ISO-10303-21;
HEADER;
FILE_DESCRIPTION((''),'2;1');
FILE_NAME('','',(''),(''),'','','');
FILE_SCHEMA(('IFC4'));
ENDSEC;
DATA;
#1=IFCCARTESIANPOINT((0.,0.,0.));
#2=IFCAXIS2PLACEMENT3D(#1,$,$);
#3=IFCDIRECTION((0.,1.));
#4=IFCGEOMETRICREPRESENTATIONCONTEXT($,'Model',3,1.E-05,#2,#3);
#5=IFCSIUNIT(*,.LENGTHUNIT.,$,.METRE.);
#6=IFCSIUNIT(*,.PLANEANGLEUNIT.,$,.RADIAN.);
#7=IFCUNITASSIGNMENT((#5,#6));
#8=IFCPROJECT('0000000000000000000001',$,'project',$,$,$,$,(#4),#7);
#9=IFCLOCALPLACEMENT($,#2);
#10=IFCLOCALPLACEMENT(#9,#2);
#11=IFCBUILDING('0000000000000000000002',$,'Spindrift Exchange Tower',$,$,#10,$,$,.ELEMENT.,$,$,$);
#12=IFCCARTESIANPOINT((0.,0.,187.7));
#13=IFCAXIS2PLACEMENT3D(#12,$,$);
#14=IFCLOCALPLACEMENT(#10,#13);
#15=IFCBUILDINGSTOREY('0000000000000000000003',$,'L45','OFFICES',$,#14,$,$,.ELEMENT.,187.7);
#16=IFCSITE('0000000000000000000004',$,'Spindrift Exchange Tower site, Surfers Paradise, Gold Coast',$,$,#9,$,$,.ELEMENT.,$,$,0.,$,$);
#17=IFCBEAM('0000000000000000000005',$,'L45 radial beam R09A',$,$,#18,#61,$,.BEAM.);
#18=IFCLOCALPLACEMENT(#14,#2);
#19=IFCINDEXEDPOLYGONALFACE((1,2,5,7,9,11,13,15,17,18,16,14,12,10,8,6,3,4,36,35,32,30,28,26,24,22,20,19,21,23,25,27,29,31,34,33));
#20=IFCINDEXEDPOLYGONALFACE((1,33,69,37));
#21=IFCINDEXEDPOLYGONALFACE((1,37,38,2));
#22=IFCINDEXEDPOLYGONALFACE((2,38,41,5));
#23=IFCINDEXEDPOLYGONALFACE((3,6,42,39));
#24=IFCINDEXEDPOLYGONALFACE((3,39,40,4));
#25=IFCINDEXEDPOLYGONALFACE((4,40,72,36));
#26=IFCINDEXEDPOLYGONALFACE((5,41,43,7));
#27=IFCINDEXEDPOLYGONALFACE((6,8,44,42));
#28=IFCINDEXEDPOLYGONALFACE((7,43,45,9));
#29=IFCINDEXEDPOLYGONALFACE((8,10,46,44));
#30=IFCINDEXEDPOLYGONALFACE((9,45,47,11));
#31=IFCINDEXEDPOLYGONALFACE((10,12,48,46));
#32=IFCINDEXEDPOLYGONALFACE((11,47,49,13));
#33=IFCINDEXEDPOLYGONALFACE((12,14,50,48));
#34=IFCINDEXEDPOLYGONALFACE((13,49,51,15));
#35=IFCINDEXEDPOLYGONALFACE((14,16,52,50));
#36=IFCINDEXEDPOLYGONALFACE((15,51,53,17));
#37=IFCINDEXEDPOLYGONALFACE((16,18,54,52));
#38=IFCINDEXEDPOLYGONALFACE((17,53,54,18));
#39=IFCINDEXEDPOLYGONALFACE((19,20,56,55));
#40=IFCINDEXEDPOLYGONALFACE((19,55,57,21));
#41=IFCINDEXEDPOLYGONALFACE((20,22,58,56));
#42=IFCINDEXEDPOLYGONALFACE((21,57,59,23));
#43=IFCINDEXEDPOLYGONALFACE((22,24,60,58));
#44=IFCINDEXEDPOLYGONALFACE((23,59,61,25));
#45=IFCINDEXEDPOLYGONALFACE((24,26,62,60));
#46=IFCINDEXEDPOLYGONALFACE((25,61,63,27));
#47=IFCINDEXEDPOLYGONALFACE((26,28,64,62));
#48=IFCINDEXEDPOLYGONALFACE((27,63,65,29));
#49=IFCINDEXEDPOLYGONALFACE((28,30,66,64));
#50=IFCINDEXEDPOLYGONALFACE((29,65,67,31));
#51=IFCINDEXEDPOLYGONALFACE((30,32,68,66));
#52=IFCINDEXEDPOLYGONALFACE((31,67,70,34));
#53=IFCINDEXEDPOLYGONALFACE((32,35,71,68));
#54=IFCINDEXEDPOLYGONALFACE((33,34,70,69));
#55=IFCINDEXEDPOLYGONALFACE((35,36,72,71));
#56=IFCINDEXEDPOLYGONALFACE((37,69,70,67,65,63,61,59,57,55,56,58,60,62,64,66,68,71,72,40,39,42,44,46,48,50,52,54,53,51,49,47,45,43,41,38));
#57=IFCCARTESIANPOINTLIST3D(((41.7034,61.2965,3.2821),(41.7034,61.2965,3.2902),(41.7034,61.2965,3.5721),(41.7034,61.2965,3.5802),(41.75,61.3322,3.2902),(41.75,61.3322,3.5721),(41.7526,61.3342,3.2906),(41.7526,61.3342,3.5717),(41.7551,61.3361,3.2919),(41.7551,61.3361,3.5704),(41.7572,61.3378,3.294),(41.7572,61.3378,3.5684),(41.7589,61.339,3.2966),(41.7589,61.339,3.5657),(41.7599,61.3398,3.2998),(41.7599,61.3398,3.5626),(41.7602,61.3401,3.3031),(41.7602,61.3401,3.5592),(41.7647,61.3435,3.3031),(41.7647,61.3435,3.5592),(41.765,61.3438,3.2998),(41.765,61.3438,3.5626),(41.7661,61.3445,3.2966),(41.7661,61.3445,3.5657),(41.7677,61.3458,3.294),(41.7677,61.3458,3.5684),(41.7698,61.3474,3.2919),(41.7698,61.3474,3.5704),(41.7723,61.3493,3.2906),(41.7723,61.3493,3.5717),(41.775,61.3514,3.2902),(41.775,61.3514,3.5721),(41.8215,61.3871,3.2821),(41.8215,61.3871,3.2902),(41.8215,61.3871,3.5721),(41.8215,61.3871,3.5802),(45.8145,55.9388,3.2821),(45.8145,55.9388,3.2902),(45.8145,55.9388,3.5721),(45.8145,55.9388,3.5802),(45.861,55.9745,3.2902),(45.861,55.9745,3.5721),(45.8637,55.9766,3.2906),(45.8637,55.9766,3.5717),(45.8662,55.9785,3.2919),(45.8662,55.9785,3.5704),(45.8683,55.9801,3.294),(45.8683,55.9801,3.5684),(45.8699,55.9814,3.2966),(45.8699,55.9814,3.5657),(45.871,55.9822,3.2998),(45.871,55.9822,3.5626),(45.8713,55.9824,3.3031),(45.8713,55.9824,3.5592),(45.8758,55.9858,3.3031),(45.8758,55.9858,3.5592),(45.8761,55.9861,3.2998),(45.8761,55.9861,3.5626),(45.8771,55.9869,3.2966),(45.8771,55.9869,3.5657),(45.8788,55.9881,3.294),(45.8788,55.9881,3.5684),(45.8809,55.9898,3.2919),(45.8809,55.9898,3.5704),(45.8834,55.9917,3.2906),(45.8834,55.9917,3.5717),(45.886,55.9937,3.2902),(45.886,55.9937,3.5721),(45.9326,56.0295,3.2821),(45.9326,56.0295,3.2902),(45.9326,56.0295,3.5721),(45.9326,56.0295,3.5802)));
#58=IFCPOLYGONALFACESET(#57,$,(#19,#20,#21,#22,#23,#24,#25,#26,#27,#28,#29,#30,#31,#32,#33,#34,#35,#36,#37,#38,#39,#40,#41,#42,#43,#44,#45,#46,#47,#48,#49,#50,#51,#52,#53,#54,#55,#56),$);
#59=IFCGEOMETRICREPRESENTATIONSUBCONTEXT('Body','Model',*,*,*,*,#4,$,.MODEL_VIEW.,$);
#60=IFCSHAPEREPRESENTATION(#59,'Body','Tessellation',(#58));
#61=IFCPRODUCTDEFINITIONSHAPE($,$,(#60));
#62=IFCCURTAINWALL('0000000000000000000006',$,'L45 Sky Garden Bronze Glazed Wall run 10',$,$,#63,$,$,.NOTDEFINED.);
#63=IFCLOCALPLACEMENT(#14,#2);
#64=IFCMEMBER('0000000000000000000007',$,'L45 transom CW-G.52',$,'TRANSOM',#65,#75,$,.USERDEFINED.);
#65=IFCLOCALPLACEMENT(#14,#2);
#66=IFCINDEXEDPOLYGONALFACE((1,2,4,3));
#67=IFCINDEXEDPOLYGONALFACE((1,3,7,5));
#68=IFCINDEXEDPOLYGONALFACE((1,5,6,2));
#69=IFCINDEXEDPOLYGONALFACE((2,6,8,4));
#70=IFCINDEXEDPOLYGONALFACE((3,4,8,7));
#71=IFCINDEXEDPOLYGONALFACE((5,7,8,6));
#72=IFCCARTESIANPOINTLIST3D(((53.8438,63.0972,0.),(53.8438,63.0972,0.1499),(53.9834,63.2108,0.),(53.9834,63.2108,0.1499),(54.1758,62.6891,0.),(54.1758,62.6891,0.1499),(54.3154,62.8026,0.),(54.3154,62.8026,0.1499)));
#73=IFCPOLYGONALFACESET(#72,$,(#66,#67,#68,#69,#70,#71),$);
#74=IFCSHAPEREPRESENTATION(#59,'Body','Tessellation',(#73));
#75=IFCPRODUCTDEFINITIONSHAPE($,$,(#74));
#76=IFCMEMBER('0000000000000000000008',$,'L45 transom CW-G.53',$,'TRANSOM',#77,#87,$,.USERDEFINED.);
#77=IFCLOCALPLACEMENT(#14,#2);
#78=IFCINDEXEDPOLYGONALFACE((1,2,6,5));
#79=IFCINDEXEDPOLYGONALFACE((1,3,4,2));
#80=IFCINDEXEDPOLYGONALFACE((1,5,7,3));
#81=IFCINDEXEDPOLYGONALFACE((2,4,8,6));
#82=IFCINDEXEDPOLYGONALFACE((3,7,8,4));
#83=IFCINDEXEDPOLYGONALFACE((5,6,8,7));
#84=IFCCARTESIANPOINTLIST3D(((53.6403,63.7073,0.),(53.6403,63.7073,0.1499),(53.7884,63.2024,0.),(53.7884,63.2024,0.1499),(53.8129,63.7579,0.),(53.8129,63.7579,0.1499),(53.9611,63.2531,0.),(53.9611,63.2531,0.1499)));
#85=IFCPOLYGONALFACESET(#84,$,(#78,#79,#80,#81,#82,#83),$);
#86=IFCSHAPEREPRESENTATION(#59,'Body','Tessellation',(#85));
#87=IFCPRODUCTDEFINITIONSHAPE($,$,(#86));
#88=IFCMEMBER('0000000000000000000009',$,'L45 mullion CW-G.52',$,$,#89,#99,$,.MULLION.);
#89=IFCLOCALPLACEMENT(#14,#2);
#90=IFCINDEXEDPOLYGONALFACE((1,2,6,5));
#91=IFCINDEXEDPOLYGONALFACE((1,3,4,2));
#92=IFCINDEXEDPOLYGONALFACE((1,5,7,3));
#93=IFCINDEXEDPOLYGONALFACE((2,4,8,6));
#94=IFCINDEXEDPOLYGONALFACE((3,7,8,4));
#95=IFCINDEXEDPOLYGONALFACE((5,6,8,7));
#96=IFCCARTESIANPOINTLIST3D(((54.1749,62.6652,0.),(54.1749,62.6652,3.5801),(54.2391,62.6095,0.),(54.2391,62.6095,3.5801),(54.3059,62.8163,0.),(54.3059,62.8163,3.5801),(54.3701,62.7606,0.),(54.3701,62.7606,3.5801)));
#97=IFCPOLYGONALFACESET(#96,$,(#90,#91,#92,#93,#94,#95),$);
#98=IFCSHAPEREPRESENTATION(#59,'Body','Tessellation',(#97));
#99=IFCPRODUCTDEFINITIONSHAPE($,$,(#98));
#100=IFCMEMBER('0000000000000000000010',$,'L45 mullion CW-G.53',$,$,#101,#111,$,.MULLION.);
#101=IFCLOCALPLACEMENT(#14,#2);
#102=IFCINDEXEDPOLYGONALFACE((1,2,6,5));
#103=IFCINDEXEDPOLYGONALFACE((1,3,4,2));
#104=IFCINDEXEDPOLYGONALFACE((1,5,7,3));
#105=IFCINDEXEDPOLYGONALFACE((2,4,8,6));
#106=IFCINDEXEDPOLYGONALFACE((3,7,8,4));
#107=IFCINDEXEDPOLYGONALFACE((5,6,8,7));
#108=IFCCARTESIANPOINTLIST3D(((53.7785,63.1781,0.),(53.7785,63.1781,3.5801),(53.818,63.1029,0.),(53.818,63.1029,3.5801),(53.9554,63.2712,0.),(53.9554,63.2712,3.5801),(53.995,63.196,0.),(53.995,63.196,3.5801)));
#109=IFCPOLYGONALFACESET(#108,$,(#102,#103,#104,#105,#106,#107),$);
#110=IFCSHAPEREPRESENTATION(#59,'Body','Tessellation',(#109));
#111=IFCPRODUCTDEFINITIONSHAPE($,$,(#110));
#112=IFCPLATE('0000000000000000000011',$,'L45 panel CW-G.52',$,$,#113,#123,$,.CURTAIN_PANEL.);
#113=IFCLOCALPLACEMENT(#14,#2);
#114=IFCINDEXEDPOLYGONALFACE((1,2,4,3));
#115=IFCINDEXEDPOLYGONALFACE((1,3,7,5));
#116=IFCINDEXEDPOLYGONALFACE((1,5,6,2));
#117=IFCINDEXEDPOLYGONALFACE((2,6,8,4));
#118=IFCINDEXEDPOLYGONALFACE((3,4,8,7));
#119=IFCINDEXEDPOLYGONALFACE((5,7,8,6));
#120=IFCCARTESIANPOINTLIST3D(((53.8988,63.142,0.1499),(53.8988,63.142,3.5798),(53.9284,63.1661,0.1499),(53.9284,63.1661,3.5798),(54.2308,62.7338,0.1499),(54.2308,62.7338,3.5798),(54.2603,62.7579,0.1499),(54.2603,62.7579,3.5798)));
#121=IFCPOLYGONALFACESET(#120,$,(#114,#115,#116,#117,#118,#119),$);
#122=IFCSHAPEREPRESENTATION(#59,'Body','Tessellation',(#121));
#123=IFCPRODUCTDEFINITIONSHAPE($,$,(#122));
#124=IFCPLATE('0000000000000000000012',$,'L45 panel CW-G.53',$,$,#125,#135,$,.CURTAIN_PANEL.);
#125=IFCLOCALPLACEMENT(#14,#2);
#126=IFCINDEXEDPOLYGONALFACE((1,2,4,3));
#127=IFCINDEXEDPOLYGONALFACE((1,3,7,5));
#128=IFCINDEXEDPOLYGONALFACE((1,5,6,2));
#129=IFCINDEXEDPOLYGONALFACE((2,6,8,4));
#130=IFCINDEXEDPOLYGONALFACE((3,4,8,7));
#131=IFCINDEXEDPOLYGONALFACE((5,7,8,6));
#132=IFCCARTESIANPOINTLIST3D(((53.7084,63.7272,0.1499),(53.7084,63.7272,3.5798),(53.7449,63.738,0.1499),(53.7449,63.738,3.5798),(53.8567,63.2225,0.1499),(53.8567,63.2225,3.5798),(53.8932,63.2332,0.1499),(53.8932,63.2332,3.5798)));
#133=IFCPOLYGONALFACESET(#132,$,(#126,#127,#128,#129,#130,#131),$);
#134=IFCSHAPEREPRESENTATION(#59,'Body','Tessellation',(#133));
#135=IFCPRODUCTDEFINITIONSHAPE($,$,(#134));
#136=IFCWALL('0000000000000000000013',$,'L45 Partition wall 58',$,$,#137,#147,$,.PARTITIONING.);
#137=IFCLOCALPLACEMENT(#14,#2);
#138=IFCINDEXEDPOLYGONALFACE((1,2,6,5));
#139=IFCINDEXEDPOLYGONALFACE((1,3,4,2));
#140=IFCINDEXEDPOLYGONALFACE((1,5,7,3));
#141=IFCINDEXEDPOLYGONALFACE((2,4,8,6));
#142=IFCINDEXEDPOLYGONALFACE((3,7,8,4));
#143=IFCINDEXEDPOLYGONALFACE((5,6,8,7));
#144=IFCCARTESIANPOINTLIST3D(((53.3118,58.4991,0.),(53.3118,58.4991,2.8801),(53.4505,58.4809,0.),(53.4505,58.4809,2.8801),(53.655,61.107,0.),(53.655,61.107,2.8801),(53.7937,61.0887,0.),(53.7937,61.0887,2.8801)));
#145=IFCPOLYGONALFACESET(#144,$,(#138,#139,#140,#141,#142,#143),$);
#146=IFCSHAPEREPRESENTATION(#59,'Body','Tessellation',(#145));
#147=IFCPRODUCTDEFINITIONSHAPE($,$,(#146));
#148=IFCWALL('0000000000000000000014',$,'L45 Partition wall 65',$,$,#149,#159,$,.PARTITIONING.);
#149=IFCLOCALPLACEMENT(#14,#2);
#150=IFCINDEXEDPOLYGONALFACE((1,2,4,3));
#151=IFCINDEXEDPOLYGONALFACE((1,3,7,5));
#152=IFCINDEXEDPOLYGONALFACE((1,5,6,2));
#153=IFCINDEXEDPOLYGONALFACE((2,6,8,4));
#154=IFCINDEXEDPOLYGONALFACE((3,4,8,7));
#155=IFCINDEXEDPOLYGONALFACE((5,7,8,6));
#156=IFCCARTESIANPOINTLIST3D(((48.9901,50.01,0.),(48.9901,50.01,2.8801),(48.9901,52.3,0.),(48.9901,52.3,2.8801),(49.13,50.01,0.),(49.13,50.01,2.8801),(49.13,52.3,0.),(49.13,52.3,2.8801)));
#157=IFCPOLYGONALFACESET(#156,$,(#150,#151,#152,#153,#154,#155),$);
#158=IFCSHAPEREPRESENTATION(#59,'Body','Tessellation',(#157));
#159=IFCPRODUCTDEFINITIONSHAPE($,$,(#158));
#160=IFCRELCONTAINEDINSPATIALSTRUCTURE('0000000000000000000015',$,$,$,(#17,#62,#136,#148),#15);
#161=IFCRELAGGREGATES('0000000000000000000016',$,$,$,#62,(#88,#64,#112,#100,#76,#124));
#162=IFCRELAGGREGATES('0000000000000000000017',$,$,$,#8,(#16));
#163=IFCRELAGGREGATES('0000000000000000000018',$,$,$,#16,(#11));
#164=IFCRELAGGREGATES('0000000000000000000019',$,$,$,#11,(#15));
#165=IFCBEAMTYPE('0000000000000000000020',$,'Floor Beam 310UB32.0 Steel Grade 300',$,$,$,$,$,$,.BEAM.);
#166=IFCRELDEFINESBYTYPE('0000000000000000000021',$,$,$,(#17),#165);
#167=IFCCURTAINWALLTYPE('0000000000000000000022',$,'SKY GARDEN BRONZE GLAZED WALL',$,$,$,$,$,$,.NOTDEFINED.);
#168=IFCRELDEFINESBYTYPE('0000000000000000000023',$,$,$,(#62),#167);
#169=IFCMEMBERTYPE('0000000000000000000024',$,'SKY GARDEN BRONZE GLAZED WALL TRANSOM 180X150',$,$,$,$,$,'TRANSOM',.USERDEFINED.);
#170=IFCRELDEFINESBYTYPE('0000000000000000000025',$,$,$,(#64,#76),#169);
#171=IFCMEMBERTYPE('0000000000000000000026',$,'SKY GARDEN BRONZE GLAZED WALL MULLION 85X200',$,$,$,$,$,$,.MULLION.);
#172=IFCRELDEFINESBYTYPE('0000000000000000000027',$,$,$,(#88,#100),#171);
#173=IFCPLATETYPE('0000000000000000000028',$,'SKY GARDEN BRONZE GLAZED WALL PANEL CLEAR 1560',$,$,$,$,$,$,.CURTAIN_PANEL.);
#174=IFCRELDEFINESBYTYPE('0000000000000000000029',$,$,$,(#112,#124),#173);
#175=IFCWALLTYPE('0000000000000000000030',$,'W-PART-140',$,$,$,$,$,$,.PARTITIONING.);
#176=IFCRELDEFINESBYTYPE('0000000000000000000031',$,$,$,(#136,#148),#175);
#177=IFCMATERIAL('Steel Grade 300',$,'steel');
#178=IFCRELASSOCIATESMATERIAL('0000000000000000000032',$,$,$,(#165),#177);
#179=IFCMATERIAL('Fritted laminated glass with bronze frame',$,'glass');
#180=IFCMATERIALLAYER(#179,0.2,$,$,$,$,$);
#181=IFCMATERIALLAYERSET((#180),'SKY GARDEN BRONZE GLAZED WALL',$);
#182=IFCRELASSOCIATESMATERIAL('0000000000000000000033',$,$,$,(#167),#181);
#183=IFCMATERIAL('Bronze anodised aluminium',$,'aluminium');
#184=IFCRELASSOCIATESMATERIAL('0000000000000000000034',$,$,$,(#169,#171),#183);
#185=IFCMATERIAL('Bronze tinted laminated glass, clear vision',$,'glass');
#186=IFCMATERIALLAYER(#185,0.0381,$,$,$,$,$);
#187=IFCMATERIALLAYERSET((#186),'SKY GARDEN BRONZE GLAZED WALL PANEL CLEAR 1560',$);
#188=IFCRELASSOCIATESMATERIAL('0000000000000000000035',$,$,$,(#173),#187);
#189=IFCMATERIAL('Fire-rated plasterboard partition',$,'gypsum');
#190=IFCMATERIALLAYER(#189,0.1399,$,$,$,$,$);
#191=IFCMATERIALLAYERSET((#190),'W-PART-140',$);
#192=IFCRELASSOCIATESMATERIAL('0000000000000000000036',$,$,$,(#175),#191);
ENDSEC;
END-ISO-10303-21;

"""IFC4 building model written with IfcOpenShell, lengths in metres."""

from ifc_helpers import new_model, si_unit, direction, frame, frame_2d, origin, origin_2d, place, context, subcontext, project, spatial, rectangle, i_section, extrude, source, transform, mapped, material, layer, layer_set, material_profile, profile_set, type_object, element, aggregate, save


model = new_model("IFC4")

# Units and contexts
model_context = context("Model", 3, precision=1e-05, world=origin(), true_north=direction((0.0, 1.0)))
body_context = subcontext(model_context, "Body", "Model", "MODEL_VIEW")
ifc_project = project(units=[si_unit("LENGTHUNIT", "METRE"), si_unit("PLANEANGLEUNIT", "RADIAN")], contexts=[model_context])

# Site, building, storey
site_placement = place(None, origin())
site = spatial("IfcSite", under=ifc_project, at=site_placement, Name="Spindrift Exchange Tower site, Surfers Paradise, Gold Coast", CompositionType="ELEMENT", RefElevation=0.0)
building_placement = place(site_placement, origin())
building = spatial("IfcBuilding", under=site, at=building_placement, Name="Spindrift Exchange Tower", CompositionType="ELEMENT")
storey_placement = place(building_placement, frame((0.0, 0.0, 187.7)))
storey = spatial("IfcBuildingStorey", under=building, at=storey_placement, Name="L45", Description="OFFICES", CompositionType="ELEMENT", Elevation=187.7)

# Beam
ifc_material_1 = material(Name="Steel Grade 300", Category="steel")
ifc_material_profile_1 = material_profile(ifc_material_1, i_section(OverallWidth=0.1489, OverallDepth=0.2981, WebThickness=0.0056, FlangeThickness=0.0081, FilletRadius=0.0129, at=origin_2d()), Name="310UB32.0")
ifc_profile_set_1 = profile_set([ifc_material_profile_1], Name="Steel Grade 300")
beam_type_1 = type_object("IfcBeamType", Name="Floor Beam 310UB32.0 Steel Grade 300", PredefinedType="BEAM", material=ifc_profile_set_1)
shared_shape_1 = source(origin(), body_context, "Body", "SweptSolid", [
    extrude(i_section(OverallWidth=0.1489, OverallDepth=0.2981, WebThickness=0.0056, FlangeThickness=0.0081, FilletRadius=0.0129, at=origin_2d()), origin(), (0.0, 0.0, 1.0), 6.7532),
])
beam_1_placement = place(storey_placement, frame((45.8735, 55.9841, 3.4312), z_axis=(-0.608762, 0.793353, 0.0), x_axis=(-0.793353, -0.608762, 0.0)))
element("IfcBeam", 1, at=beam_1_placement, inside=storey, type_object=beam_type_1, Name="L45 radial beam R09A", PredefinedType="BEAM", context=body_context, shape_type="MappedRepresentation", body=[
    mapped(shared_shape_1, transform((0.0, 0.0, 0.0), scale=1.0)),
])

# Curtain wall, members, plates
ifc_material_2 = material(Name="Fritted laminated glass with bronze frame", Category="glass")
ifc_layer_1 = layer(ifc_material_2, 0.2)
ifc_layer_set_1 = layer_set([ifc_layer_1], Name="SKY GARDEN BRONZE GLAZED WALL")
curtain_wall_type = type_object("IfcCurtainWallType", Name="SKY GARDEN BRONZE GLAZED WALL", PredefinedType="NOTDEFINED", material=ifc_layer_set_1)
curtain_wall_placement = place(storey_placement, origin())
curtain_wall = element("IfcCurtainWall", 2, at=curtain_wall_placement, inside=storey, type_object=curtain_wall_type, Name="L45 Sky Garden Bronze Glazed Wall run 10", PredefinedType="NOTDEFINED")
ifc_material_3 = material(Name="Bronze anodised aluminium", Category="aluminium")
ifc_material_profile_2 = material_profile(ifc_material_3, rectangle(XDim=0.1799, YDim=0.1499, at=origin_2d()), Name="SKY GARDEN BRONZE GLAZED WALL TRANSOM 180X150")
ifc_profile_set_2 = profile_set([ifc_material_profile_2], Name="Bronze anodised aluminium")
member_type_1 = type_object("IfcMemberType", Name="SKY GARDEN BRONZE GLAZED WALL TRANSOM 180X150", ElementType="TRANSOM", PredefinedType="USERDEFINED", material=ifc_profile_set_2)
shared_shape_2 = source(origin(), body_context, "Body", "SweptSolid", [
    extrude(rectangle(XDim=0.1799, YDim=0.1499, at=origin_2d()), origin(), (0.0, 0.0, 1.0), 0.5261),
])
member_1_placement = place(storey_placement, frame((54.2456, 62.7458, 0.075), z_axis=(-0.631012, 0.775773, 0.0), x_axis=(-0.775773, -0.631012, 0.0)))
member_1 = element("IfcMember", 3, at=member_1_placement, type_object=member_type_1, Name="L45 transom CW-G.52", ObjectType="TRANSOM", PredefinedType="USERDEFINED", context=body_context, shape_type="MappedRepresentation", body=[
    mapped(shared_shape_2, transform((0.0, 0.0, 0.0), scale=1.0)),
])
member_2_placement = place(storey_placement, frame((53.8748, 63.2278, 0.075), z_axis=(-0.281639, 0.959521, 0.0), x_axis=(-0.959521, -0.281639, 0.0)))
member_2 = element("IfcMember", 4, at=member_2_placement, type_object=member_type_1, Name="L45 transom CW-G.53", ObjectType="TRANSOM", PredefinedType="USERDEFINED", context=body_context, shape_type="MappedRepresentation", body=[
    mapped(shared_shape_2, transform((0.0, 0.0, 0.0), scale=1.0)),
])
ifc_material_profile_3 = material_profile(ifc_material_3, rectangle(XDim=0.085, YDim=0.2, at=origin_2d()), Name="SKY GARDEN BRONZE GLAZED WALL MULLION 85X200")
ifc_profile_set_3 = profile_set([ifc_material_profile_3], Name="Bronze anodised aluminium")
member_type_2 = type_object("IfcMemberType", Name="SKY GARDEN BRONZE GLAZED WALL MULLION 85X200", PredefinedType="MULLION", material=ifc_profile_set_3)
shared_shape_3 = source(origin(), body_context, "Body", "SweptSolid", [
    extrude(rectangle(XDim=0.085, YDim=0.2, at=origin_2d()), origin(), (0.0, 0.0, 1.0), 3.5801),
])
member_3_placement = place(storey_placement, frame((54.2725, 62.7129, 0.0), z_axis=(0.0, 0.0, 1.0), x_axis=(-0.755535, 0.655108, 0.0)))
member_3 = element("IfcMember", 5, at=member_3_placement, type_object=member_type_2, Name="L45 mullion CW-G.52", PredefinedType="MULLION", context=body_context, shape_type="MappedRepresentation", body=[
    mapped(shared_shape_3, transform((0.0, 0.0, 0.0), scale=1.0)),
])
member_4_placement = place(storey_placement, frame((53.8867, 63.187, 0.0), z_axis=(0.0, 0.0, 1.0), x_axis=(-0.465543, 0.885025, 0.0)))
member_4 = element("IfcMember", 6, at=member_4_placement, type_object=member_type_2, Name="L45 mullion CW-G.53", PredefinedType="MULLION", context=body_context, shape_type="MappedRepresentation", body=[
    mapped(shared_shape_3, transform((0.0, 0.0, 0.0), scale=1.0)),
])
ifc_material_4 = material(Name="Bronze tinted laminated glass, clear vision", Category="glass")
ifc_layer_2 = layer(ifc_material_4, 0.0381)
ifc_layer_set_2 = layer_set([ifc_layer_2], Name="SKY GARDEN BRONZE GLAZED WALL PANEL CLEAR 1560")
plate_type = type_object("IfcPlateType", Name="SKY GARDEN BRONZE GLAZED WALL PANEL CLEAR 1560", PredefinedType="CURTAIN_PANEL", material=ifc_layer_set_2)
shared_shape_4 = source(origin(), body_context, "Body", "SweptSolid", [
    extrude(rectangle(XDim=0.5261, YDim=0.0381, at=origin_2d()), origin(), (0.0, 0.0, 1.0), 3.4299),
])
plate_1_placement = place(storey_placement, frame((54.0796, 62.95, 0.1499), z_axis=(0.0, 0.0, 1.0), x_axis=(-0.630901, 0.775864, 0.0)))
plate_1 = element("IfcPlate", 7, at=plate_1_placement, type_object=plate_type, Name="L45 panel CW-G.52", PredefinedType="CURTAIN_PANEL", context=body_context, shape_type="MappedRepresentation", body=[
    mapped(shared_shape_4, transform((0.0, 0.0, 0.0), scale=1.0)),
])
plate_2_placement = place(storey_placement, frame((53.8008, 63.4802, 0.1499), z_axis=(0.0, 0.0, 1.0), x_axis=(-0.281909, 0.959441, 0.0)))
plate_2 = element("IfcPlate", 8, at=plate_2_placement, type_object=plate_type, Name="L45 panel CW-G.53", PredefinedType="CURTAIN_PANEL", context=body_context, shape_type="MappedRepresentation", body=[
    mapped(shared_shape_4, transform((0.0, 0.0, 0.0), scale=1.0)),
])
aggregate(curtain_wall, [member_3, member_1, plate_1, member_4, member_2, plate_2])

# Walls
ifc_material_5 = material(Name="Fire-rated plasterboard partition", Category="gypsum")
ifc_layer_3 = layer(ifc_material_5, 0.1399)
ifc_layer_set_3 = layer_set([ifc_layer_3], Name="W-PART-140")
wall_type_1 = type_object("IfcWallType", Name="W-PART-140", PredefinedType="PARTITIONING", material=ifc_layer_set_3)
wall_1_placement = place(storey_placement, frame((53.3811, 58.49, 0.0), z_axis=(0.0, 0.0, 1.0), x_axis=(0.130498, 0.991449, 0.0)))
element("IfcWall", 9, at=wall_1_placement, inside=storey, type_object=wall_type_1, Name="L45 Partition wall 58", PredefinedType="PARTITIONING", context=body_context, shape_type="SweptSolid", body=[
    extrude(rectangle(XDim=2.6304, YDim=0.1399, at=frame_2d((1.3152, 0.0))), origin(), (0.0, 0.0, 1.0), 2.8801),
])
wall_2_placement = place(storey_placement, frame((49.0601, 50.01, 0.0), z_axis=(0.0, 0.0, 1.0), x_axis=(0.0, 1.0, 0.0)))
element("IfcWall", 10, at=wall_2_placement, inside=storey, type_object=wall_type_1, Name="L45 Partition wall 65", PredefinedType="PARTITIONING", context=body_context, shape_type="SweptSolid", body=[
    extrude(rectangle(XDim=2.29, YDim=0.1399, at=frame_2d((1.145, 0.0))), origin(), (0.0, 0.0, 1.0), 2.8801),
])

save(model, "model.ifc")
